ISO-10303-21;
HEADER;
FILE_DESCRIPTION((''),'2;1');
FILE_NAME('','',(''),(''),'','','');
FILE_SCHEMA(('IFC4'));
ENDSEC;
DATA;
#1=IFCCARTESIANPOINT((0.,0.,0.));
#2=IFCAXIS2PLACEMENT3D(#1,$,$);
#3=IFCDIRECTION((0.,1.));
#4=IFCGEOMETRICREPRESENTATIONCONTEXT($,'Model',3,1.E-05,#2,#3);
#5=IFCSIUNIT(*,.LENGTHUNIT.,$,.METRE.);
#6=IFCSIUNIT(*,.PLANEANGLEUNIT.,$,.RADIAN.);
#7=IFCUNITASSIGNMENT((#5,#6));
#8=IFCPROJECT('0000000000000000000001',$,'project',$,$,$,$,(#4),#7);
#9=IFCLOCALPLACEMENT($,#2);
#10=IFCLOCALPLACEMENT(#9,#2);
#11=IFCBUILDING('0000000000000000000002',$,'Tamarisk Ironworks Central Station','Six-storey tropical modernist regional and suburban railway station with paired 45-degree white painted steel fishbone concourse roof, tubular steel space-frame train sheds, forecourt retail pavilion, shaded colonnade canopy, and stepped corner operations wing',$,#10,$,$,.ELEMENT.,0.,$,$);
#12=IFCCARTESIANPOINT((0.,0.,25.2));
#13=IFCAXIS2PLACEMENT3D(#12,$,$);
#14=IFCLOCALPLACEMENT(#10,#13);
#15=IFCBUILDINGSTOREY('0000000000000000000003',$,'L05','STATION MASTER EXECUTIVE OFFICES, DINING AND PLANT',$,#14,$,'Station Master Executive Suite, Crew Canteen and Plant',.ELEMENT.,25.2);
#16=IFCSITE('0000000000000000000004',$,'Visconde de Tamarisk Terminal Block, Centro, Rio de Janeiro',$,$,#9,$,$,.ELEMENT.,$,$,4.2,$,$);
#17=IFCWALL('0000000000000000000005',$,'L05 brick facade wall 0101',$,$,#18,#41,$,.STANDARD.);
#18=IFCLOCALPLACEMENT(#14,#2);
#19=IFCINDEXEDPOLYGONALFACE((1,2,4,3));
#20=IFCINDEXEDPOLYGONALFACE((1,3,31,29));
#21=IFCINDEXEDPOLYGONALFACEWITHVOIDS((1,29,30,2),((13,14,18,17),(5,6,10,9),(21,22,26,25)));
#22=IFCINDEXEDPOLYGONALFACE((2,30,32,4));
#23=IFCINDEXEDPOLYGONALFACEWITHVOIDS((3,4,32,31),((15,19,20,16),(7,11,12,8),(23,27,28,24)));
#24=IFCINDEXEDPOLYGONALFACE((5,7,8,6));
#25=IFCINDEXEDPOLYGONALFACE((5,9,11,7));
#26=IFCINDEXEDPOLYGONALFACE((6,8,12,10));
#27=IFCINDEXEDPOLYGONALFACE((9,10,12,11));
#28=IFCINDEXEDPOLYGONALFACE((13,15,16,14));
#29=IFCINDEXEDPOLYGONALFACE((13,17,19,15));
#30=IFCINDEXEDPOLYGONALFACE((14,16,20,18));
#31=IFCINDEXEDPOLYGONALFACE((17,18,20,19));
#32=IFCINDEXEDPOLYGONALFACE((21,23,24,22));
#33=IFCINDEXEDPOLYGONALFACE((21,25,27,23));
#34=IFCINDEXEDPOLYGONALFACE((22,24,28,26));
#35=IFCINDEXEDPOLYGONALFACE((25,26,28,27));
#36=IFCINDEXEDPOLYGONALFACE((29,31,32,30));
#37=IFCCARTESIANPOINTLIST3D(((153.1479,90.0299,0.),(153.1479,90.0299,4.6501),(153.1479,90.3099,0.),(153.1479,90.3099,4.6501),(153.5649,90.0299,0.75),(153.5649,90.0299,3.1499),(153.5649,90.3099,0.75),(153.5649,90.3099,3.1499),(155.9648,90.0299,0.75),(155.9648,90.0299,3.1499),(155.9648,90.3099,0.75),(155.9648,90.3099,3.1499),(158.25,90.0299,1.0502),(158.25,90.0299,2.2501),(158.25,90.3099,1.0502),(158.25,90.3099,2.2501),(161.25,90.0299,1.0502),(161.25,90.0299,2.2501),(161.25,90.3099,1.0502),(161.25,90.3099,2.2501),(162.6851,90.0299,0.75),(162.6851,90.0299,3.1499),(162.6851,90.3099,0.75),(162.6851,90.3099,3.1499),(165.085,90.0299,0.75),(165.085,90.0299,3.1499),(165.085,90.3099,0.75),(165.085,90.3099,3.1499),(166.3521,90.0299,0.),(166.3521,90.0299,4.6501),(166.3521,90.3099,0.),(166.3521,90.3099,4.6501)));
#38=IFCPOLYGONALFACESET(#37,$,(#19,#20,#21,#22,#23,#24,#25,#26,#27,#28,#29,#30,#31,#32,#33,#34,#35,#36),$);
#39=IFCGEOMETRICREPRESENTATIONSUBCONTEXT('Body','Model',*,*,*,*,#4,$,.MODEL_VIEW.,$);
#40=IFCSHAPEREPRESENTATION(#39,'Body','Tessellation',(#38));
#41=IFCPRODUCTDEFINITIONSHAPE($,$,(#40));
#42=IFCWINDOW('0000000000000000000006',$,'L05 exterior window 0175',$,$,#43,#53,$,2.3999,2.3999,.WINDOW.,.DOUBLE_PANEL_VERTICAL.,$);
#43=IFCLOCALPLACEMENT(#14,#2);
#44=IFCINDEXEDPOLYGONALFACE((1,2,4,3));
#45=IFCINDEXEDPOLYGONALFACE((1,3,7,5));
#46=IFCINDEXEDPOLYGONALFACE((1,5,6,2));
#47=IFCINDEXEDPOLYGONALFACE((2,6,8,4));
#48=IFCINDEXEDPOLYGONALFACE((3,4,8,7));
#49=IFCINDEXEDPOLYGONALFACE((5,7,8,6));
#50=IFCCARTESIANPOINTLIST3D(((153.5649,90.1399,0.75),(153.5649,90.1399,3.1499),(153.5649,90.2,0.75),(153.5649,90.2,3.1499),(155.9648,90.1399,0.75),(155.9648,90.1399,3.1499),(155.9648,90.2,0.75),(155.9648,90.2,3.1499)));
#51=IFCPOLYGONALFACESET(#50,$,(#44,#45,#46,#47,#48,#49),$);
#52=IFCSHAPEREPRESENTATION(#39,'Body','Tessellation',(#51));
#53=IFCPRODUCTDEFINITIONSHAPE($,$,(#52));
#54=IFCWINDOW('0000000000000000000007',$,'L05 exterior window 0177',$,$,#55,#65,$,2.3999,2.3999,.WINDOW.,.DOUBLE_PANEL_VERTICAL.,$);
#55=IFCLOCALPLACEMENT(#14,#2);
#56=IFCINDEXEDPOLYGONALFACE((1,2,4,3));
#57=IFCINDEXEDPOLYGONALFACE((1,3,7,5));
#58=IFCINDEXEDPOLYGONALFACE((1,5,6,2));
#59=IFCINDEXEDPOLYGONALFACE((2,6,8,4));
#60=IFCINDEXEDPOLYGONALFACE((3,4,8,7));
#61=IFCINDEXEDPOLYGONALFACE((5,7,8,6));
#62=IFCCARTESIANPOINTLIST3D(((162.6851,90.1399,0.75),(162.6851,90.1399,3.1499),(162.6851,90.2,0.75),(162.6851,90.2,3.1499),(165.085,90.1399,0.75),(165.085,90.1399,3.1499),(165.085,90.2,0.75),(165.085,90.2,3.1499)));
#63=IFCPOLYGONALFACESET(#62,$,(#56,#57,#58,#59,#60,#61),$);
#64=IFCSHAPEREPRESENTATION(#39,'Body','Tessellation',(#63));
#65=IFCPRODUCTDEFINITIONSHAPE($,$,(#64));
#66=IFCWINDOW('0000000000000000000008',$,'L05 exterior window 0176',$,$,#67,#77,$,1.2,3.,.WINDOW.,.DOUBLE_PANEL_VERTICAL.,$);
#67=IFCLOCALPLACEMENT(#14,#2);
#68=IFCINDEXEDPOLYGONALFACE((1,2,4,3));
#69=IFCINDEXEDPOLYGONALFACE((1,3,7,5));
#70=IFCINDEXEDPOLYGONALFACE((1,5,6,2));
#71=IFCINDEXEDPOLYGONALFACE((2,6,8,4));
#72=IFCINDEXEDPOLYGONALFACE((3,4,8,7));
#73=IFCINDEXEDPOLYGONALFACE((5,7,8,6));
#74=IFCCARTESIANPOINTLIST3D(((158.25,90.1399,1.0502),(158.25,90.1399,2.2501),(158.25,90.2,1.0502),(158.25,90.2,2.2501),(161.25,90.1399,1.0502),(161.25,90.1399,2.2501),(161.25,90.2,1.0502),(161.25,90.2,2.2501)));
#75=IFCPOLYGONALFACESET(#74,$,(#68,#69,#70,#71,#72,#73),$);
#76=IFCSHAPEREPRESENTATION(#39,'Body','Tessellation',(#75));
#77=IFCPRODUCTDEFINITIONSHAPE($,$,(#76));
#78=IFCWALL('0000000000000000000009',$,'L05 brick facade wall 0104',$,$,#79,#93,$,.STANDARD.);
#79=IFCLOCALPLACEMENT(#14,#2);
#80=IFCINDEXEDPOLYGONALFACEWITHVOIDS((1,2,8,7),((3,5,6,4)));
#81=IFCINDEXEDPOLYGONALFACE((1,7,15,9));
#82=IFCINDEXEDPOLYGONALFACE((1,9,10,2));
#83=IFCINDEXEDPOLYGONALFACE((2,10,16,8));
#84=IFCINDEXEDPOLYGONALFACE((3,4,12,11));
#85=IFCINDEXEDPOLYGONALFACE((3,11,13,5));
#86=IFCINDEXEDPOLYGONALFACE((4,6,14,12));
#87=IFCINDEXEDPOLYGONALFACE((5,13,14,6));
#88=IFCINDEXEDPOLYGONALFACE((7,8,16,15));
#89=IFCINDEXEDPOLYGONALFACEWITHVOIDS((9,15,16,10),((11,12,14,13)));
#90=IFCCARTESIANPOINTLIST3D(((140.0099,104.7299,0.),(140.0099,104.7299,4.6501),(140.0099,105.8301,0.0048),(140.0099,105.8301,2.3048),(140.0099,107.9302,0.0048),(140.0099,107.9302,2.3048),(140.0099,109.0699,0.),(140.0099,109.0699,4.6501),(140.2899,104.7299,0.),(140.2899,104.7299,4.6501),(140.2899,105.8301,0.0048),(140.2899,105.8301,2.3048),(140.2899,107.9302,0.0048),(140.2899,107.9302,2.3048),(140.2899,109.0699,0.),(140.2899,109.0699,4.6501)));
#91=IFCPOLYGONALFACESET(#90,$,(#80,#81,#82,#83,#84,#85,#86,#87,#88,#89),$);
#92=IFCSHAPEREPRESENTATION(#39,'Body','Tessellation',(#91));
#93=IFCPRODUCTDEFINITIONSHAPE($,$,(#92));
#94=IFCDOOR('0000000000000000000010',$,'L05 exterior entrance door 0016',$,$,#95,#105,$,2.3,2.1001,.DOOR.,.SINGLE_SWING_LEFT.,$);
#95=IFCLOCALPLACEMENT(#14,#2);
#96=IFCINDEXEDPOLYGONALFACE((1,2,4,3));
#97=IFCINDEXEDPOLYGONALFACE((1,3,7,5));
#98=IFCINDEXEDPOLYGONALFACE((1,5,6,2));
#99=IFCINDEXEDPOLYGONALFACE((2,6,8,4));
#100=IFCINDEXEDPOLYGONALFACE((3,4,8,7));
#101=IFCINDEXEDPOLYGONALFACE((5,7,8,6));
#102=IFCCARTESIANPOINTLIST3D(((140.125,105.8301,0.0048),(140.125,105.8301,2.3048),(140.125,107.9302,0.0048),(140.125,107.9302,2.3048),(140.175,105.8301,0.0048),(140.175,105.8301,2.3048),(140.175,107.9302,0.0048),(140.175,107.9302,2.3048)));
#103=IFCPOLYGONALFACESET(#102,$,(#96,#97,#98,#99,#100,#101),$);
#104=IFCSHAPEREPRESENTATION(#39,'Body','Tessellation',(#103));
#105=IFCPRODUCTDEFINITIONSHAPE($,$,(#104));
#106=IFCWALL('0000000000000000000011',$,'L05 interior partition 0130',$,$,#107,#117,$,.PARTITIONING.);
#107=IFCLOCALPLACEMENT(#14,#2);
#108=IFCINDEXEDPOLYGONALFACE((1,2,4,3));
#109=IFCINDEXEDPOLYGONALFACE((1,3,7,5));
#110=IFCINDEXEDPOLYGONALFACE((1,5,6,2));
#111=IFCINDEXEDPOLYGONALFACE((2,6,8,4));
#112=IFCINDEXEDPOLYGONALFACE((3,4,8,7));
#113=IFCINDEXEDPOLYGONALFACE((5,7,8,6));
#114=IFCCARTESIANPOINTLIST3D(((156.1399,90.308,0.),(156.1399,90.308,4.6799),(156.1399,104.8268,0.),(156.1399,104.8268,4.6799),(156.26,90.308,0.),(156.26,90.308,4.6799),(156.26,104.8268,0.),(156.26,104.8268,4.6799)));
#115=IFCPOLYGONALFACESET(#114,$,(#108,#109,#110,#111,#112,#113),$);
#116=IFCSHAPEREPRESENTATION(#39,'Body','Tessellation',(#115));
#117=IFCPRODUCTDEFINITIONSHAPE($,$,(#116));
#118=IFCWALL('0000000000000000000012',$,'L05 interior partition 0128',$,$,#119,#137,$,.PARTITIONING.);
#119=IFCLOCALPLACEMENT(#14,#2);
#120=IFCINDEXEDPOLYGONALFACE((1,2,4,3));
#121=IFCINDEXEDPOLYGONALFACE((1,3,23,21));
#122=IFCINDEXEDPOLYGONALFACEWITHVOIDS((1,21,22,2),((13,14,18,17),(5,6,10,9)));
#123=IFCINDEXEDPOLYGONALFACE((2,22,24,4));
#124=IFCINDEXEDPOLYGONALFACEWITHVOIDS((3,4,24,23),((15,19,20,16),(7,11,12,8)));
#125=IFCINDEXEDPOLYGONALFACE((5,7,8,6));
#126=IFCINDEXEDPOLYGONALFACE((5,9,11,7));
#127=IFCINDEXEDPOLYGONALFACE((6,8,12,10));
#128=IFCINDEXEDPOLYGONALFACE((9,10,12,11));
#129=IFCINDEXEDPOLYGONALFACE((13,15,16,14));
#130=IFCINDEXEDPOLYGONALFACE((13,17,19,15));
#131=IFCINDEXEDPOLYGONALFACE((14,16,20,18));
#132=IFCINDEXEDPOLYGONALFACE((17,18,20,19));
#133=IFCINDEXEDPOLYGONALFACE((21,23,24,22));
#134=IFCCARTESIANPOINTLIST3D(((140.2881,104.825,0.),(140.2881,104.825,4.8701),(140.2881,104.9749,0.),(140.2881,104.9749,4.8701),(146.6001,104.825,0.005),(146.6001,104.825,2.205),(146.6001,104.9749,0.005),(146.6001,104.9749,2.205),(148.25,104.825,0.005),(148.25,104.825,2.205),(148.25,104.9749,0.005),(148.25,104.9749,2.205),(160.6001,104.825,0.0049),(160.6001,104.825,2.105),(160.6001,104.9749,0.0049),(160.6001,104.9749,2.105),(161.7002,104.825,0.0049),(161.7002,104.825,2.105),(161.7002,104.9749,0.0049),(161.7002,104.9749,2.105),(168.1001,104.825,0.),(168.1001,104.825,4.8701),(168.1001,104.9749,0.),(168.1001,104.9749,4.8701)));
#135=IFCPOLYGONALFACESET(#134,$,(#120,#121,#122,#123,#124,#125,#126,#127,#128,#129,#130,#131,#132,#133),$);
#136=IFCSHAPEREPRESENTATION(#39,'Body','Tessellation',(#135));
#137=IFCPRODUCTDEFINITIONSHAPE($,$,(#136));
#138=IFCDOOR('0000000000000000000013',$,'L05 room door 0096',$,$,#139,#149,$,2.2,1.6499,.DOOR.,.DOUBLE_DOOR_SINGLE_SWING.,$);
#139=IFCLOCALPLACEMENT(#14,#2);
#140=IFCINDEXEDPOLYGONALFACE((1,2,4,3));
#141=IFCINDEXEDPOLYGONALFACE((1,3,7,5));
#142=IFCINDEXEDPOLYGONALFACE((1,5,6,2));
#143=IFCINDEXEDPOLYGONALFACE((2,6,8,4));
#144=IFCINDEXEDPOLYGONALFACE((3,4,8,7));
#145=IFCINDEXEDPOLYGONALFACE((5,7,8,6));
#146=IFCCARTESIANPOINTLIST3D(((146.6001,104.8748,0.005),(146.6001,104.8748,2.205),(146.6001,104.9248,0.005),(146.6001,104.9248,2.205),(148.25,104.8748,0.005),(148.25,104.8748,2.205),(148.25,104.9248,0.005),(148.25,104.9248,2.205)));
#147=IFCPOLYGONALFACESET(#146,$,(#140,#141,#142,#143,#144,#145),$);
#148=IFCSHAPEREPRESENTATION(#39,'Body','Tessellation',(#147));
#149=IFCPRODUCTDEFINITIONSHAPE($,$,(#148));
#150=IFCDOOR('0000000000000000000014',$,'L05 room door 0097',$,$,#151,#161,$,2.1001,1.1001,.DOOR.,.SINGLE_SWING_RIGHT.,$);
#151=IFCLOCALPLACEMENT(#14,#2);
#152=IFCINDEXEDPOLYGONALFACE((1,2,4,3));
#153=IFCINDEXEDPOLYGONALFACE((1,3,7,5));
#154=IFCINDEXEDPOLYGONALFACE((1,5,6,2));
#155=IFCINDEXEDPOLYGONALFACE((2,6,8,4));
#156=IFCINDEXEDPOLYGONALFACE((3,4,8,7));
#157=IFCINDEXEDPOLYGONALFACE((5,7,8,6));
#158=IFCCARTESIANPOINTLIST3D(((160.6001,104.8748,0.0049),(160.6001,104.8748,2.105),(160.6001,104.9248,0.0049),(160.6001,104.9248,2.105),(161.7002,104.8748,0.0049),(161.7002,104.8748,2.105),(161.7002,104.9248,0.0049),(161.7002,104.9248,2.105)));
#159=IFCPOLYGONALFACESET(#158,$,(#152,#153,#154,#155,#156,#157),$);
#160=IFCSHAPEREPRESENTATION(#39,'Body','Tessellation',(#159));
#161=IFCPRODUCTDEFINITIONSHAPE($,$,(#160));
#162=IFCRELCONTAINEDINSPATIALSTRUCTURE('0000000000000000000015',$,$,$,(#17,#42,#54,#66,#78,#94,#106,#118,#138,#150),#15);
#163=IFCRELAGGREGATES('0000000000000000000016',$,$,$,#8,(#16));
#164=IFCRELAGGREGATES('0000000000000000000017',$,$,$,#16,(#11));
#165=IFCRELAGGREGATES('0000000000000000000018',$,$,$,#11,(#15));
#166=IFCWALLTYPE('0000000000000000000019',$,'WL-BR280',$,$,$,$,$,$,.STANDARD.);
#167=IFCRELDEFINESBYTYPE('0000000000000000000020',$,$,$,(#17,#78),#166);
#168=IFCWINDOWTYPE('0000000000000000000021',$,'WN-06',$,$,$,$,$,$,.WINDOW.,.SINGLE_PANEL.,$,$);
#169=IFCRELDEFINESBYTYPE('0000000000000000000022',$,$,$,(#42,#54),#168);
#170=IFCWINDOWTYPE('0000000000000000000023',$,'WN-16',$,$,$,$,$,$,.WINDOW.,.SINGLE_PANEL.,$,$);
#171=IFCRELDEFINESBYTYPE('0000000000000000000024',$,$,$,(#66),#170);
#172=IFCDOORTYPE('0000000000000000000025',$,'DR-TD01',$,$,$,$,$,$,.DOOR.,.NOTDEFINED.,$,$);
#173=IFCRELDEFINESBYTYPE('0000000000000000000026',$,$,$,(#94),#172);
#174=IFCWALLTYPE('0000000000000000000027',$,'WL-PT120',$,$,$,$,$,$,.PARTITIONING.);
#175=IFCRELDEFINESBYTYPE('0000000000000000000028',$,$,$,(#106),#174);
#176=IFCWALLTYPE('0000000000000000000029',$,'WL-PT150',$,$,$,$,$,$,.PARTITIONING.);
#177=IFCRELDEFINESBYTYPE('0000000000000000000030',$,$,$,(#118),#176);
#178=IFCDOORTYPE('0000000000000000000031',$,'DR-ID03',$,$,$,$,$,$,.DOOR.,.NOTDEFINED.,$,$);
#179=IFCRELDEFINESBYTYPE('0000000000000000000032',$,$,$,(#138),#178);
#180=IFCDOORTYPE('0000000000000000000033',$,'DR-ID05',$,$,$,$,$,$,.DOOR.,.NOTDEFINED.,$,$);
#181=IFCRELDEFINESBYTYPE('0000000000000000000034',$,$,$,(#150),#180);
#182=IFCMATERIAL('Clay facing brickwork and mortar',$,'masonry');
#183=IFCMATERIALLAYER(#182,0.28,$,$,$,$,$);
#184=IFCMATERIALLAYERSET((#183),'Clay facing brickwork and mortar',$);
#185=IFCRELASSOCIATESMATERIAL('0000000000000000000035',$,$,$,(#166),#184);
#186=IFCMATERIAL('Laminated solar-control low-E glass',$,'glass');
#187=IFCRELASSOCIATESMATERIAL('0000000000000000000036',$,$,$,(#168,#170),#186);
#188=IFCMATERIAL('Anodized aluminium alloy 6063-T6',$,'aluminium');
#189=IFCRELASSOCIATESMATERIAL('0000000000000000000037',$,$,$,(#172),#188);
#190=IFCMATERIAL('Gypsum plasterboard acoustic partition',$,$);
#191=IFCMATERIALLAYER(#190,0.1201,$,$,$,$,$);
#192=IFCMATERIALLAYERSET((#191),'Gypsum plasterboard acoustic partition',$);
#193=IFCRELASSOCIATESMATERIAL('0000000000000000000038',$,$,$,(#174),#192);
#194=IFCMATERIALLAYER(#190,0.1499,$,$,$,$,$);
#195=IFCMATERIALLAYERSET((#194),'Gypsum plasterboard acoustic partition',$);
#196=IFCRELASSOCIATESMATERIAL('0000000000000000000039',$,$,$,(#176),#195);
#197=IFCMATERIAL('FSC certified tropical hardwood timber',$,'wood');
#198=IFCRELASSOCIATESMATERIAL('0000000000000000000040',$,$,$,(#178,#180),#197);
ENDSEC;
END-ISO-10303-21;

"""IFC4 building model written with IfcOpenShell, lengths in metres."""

from ifc_helpers import new_model, si_unit, direction, frame, frame_2d, origin, place, context, subcontext, project, spatial, rectangle, extrude, material, layer, layer_set, type_object, element, fill, save


model = new_model("IFC4")

# Units and contexts
model_context = context("Model", 3, precision=1e-05, world=origin(), true_north=direction((0.0, 1.0)))
body_context = subcontext(model_context, "Body", "Model", "MODEL_VIEW")
ifc_project = project(units=[si_unit("LENGTHUNIT", "METRE"), si_unit("PLANEANGLEUNIT", "RADIAN")], contexts=[model_context])

# Site, building, storey
site_placement = place(None, origin())
site = spatial("IfcSite", under=ifc_project, at=site_placement, Name="Visconde de Tamarisk Terminal Block, Centro, Rio de Janeiro", CompositionType="ELEMENT", RefElevation=4.2)
building_placement = place(site_placement, origin())
building = spatial("IfcBuilding", under=site, at=building_placement, Name="Tamarisk Ironworks Central Station", Description="Six-storey tropical modernist regional and suburban railway station with paired 45-degree white painted steel fishbone concourse roof, tubular steel space-frame train sheds, forecourt retail pavilion, shaded colonnade canopy, and stepped corner operations wing", CompositionType="ELEMENT", ElevationOfRefHeight=0.0)
storey_placement = place(building_placement, frame((0.0, 0.0, 25.2)))
storey = spatial("IfcBuildingStorey", under=building, at=storey_placement, Name="L05", Description="STATION MASTER EXECUTIVE OFFICES, DINING AND PLANT", LongName="Station Master Executive Suite, Crew Canteen and Plant", CompositionType="ELEMENT", Elevation=25.2)

# Wall, openings, windows
ifc_material_1 = material(Name="Clay facing brickwork and mortar", Category="masonry")
ifc_layer_1 = layer(ifc_material_1, 0.28)
ifc_layer_set_1 = layer_set([ifc_layer_1], Name="Clay facing brickwork and mortar")
wall_type_1 = type_object("IfcWallType", Name="WL-BR280", PredefinedType="STANDARD", material=ifc_layer_set_1)
wall_1_placement = place(storey_placement, frame((153.1479, 90.1699, 0.0), z_axis=(0.0, 0.0, 1.0), x_axis=(1.0, 0.0, 0.0)))
wall_1 = element("IfcWall", 1, at=wall_1_placement, inside=storey, type_object=wall_type_1, Name="L05 brick facade wall 0101", PredefinedType="STANDARD", context=body_context, shape_type="SweptSolid", body=[
    extrude(rectangle(XDim=13.2041, YDim=0.28, at=frame_2d((6.6021, 0.0))), origin(), (0.0, 0.0, 1.0), 4.6501),
])
opening_1_placement = place(wall_1_placement, frame((0.417, 0.0, 0.75)))
opening_1 = element("IfcOpeningElement", 2, at=opening_1_placement, cuts=wall_1, PredefinedType="OPENING", context=body_context, shape_type="SweptSolid", body=[
    extrude(rectangle(XDim=2.3999, YDim=2.3999, at=frame_2d((1.2, 1.2))), frame((0.0, 0.1519, 0.0), z_axis=(0.0, -1.0, 0.0), x_axis=(1.0, 0.0, 0.0)), (0.0, 0.0, 1.0), 0.304),
])
opening_2_placement = place(wall_1_placement, frame((5.1021, 0.0, 1.05)))
opening_2 = element("IfcOpeningElement", 3, at=opening_2_placement, cuts=wall_1, PredefinedType="OPENING", context=body_context, shape_type="SweptSolid", body=[
    extrude(rectangle(XDim=3.0, YDim=1.2, at=frame_2d((1.5, 0.6001))), frame((0.0, 0.1519, 0.0), z_axis=(0.0, -1.0, 0.0), x_axis=(1.0, 0.0, 0.0)), (0.0, 0.0, 1.0), 0.304),
])
opening_3_placement = place(wall_1_placement, frame((9.5371, 0.0, 0.75)))
opening_3 = element("IfcOpeningElement", 4, at=opening_3_placement, cuts=wall_1, PredefinedType="OPENING", context=body_context, shape_type="SweptSolid", body=[
    extrude(rectangle(XDim=2.3999, YDim=2.3999, at=frame_2d((1.2, 1.2))), frame((0.0, 0.1519, 0.0), z_axis=(0.0, -1.0, 0.0), x_axis=(1.0, 0.0, 0.0)), (0.0, 0.0, 1.0), 0.304),
])
ifc_material_2 = material(Name="Laminated solar-control low-E glass", Category="glass")
window_type_1 = type_object("IfcWindowType", Name="WN-06", PartitioningType="SINGLE_PANEL", PredefinedType="WINDOW", material=ifc_material_2)
window_1_placement = place(opening_1_placement, origin())
window_1 = element("IfcWindow", 5, at=window_1_placement, inside=storey, type_object=window_type_1, Name="L05 exterior window 0175", OverallHeight=2.3999, OverallWidth=2.3999, PartitioningType="DOUBLE_PANEL_VERTICAL", PredefinedType="WINDOW", context=body_context, shape_type="SweptSolid", body=[
    extrude(rectangle(XDim=2.3999, YDim=2.3999, at=frame_2d((1.2, 1.2))), frame((0.0, 0.03, 0.0), z_axis=(0.0, -1.0, 0.0), x_axis=(1.0, 0.0, 0.0)), (0.0, 0.0, 1.0), 0.0601),
])
fill(opening_1, window_1)
window_2_placement = place(opening_3_placement, origin())
window_2 = element("IfcWindow", 6, at=window_2_placement, inside=storey, type_object=window_type_1, Name="L05 exterior window 0177", OverallHeight=2.3999, OverallWidth=2.3999, PartitioningType="DOUBLE_PANEL_VERTICAL", PredefinedType="WINDOW", context=body_context, shape_type="SweptSolid", body=[
    extrude(rectangle(XDim=2.3999, YDim=2.3999, at=frame_2d((1.2, 1.2))), frame((0.0, 0.03, 0.0), z_axis=(0.0, -1.0, 0.0), x_axis=(1.0, 0.0, 0.0)), (0.0, 0.0, 1.0), 0.0601),
])
fill(opening_3, window_2)
window_type_2 = type_object("IfcWindowType", Name="WN-16", PartitioningType="SINGLE_PANEL", PredefinedType="WINDOW", material=ifc_material_2)
window_3_placement = place(opening_2_placement, origin())
window_3 = element("IfcWindow", 7, at=window_3_placement, inside=storey, type_object=window_type_2, Name="L05 exterior window 0176", OverallHeight=1.2, OverallWidth=3.0, PartitioningType="DOUBLE_PANEL_VERTICAL", PredefinedType="WINDOW", context=body_context, shape_type="SweptSolid", body=[
    extrude(rectangle(XDim=3.0, YDim=1.2, at=frame_2d((1.5, 0.6001))), frame((0.0, 0.03, 0.0), z_axis=(0.0, -1.0, 0.0), x_axis=(1.0, 0.0, 0.0)), (0.0, 0.0, 1.0), 0.0601),
])
fill(opening_2, window_3)

# Wall, opening, door
wall_2_placement = place(storey_placement, frame((140.1499, 104.73, 0.0), z_axis=(0.0, 0.0, 1.0), x_axis=(0.0, 1.0, 0.0)))
wall_2 = element("IfcWall", 8, at=wall_2_placement, inside=storey, type_object=wall_type_1, Name="L05 brick facade wall 0104", PredefinedType="STANDARD", context=body_context, shape_type="SweptSolid", body=[
    extrude(rectangle(XDim=4.3401, YDim=0.28, at=frame_2d((2.1699, 0.0))), origin(), (0.0, 0.0, 1.0), 4.6501),
])
opening_4_placement = place(wall_2_placement, frame((1.1001, 0.0, 0.0049)))
opening_4 = element("IfcOpeningElement", 9, at=opening_4_placement, cuts=wall_2, PredefinedType="OPENING", context=body_context, shape_type="SweptSolid", body=[
    extrude(rectangle(XDim=2.1001, YDim=2.3, at=frame_2d((1.05, 1.1499))), frame((0.0, 0.1519, 0.0), z_axis=(0.0, -1.0, 0.0), x_axis=(1.0, 0.0, 0.0)), (0.0, 0.0, 1.0), 0.304),
])
ifc_material_3 = material(Name="Anodized aluminium alloy 6063-T6", Category="aluminium")
door_type_1 = type_object("IfcDoorType", Name="DR-TD01", OperationType="NOTDEFINED", PredefinedType="DOOR", material=ifc_material_3)
door_1_placement = place(opening_4_placement, origin())
door_1 = element("IfcDoor", 10, at=door_1_placement, inside=storey, type_object=door_type_1, Name="L05 exterior entrance door 0016", OperationType="SINGLE_SWING_LEFT", OverallHeight=2.3, OverallWidth=2.1001, PredefinedType="DOOR", context=body_context, shape_type="SweptSolid", body=[
    extrude(rectangle(XDim=2.1001, YDim=2.3, at=frame_2d((1.05, 1.1499))), frame((0.0, 0.0249, 0.0), z_axis=(0.0, -1.0, 0.0), x_axis=(1.0, 0.0, 0.0)), (0.0, 0.0, 1.0), 0.05),
])
fill(opening_4, door_1)

# Wall
ifc_material_4 = material(Name="Gypsum plasterboard acoustic partition")
ifc_layer_2 = layer(ifc_material_4, 0.1201)
ifc_layer_set_2 = layer_set([ifc_layer_2], Name="Gypsum plasterboard acoustic partition")
wall_type_2 = type_object("IfcWallType", Name="WL-PT120", PredefinedType="PARTITIONING", material=ifc_layer_set_2)
wall_3_placement = place(storey_placement, frame((156.2, 90.3081, 0.0), z_axis=(0.0, 0.0, 1.0), x_axis=(0.0, 1.0, 0.0)))
element("IfcWall", 11, at=wall_3_placement, inside=storey, type_object=wall_type_2, Name="L05 interior partition 0130", PredefinedType="PARTITIONING", context=body_context, shape_type="SweptSolid", body=[
    extrude(rectangle(XDim=14.5188, YDim=0.1201, at=frame_2d((7.2593, 0.0))), origin(), (0.0, 0.0, 1.0), 4.6799),
])

# Wall, openings, doors
ifc_layer_3 = layer(ifc_material_4, 0.1499)
ifc_layer_set_3 = layer_set([ifc_layer_3], Name="Gypsum plasterboard acoustic partition")
wall_type_3 = type_object("IfcWallType", Name="WL-PT150", PredefinedType="PARTITIONING", material=ifc_layer_set_3)
wall_4_placement = place(storey_placement, frame((140.2881, 104.8999, 0.0), z_axis=(0.0, 0.0, 1.0), x_axis=(1.0, 0.0, 0.0)))
wall_4 = element("IfcWall", 12, at=wall_4_placement, inside=storey, type_object=wall_type_3, Name="L05 interior partition 0128", PredefinedType="PARTITIONING", context=body_context, shape_type="SweptSolid", body=[
    extrude(rectangle(XDim=27.812, YDim=0.1499, at=frame_2d((13.906, 0.0))), origin(), (0.0, 0.0, 1.0), 4.8701),
])
opening_5_placement = place(wall_4_placement, frame((6.312, 0.0, 0.0049)))
opening_5 = element("IfcOpeningElement", 13, at=opening_5_placement, cuts=wall_4, PredefinedType="OPENING", context=body_context, shape_type="SweptSolid", body=[
    extrude(rectangle(XDim=1.6499, YDim=2.2, at=frame_2d((0.825, 1.1001))), frame((0.0, 0.0869, 0.0), z_axis=(0.0, -1.0, 0.0), x_axis=(1.0, 0.0, 0.0)), (0.0, 0.0, 1.0), 0.1738),
])
opening_6_placement = place(wall_4_placement, frame((20.312, 0.0, 0.0049)))
opening_6 = element("IfcOpeningElement", 14, at=opening_6_placement, cuts=wall_4, PredefinedType="OPENING", context=body_context, shape_type="SweptSolid", body=[
    extrude(rectangle(XDim=1.1001, YDim=2.1001, at=frame_2d((0.55, 1.05))), frame((0.0, 0.0869, 0.0), z_axis=(0.0, -1.0, 0.0), x_axis=(1.0, 0.0, 0.0)), (0.0, 0.0, 1.0), 0.1738),
])
ifc_material_5 = material(Name="FSC certified tropical hardwood timber", Category="wood")
door_type_2 = type_object("IfcDoorType", Name="DR-ID03", OperationType="NOTDEFINED", PredefinedType="DOOR", material=ifc_material_5)
door_2_placement = place(opening_5_placement, origin())
door_2 = element("IfcDoor", 15, at=door_2_placement, inside=storey, type_object=door_type_2, Name="L05 room door 0096", OperationType="DOUBLE_DOOR_SINGLE_SWING", OverallHeight=2.2, OverallWidth=1.6499, PredefinedType="DOOR", context=body_context, shape_type="SweptSolid", body=[
    extrude(rectangle(XDim=1.6499, YDim=2.2, at=frame_2d((0.825, 1.1001))), frame((0.0, 0.0249, 0.0), z_axis=(0.0, -1.0, 0.0), x_axis=(1.0, 0.0, 0.0)), (0.0, 0.0, 1.0), 0.05),
])
fill(opening_5, door_2)
door_type_3 = type_object("IfcDoorType", Name="DR-ID05", OperationType="NOTDEFINED", PredefinedType="DOOR", material=ifc_material_5)
door_3_placement = place(opening_6_placement, origin())
door_3 = element("IfcDoor", 16, at=door_3_placement, inside=storey, type_object=door_type_3, Name="L05 room door 0097", OperationType="SINGLE_SWING_RIGHT", OverallHeight=2.1001, OverallWidth=1.1001, PredefinedType="DOOR", context=body_context, shape_type="SweptSolid", body=[
    extrude(rectangle(XDim=1.1001, YDim=2.1001, at=frame_2d((0.55, 1.05))), frame((0.0, 0.0249, 0.0), z_axis=(0.0, -1.0, 0.0), x_axis=(1.0, 0.0, 0.0)), (0.0, 0.0, 1.0), 0.05),
])
fill(opening_6, door_3)

save(model, "model.ifc")
